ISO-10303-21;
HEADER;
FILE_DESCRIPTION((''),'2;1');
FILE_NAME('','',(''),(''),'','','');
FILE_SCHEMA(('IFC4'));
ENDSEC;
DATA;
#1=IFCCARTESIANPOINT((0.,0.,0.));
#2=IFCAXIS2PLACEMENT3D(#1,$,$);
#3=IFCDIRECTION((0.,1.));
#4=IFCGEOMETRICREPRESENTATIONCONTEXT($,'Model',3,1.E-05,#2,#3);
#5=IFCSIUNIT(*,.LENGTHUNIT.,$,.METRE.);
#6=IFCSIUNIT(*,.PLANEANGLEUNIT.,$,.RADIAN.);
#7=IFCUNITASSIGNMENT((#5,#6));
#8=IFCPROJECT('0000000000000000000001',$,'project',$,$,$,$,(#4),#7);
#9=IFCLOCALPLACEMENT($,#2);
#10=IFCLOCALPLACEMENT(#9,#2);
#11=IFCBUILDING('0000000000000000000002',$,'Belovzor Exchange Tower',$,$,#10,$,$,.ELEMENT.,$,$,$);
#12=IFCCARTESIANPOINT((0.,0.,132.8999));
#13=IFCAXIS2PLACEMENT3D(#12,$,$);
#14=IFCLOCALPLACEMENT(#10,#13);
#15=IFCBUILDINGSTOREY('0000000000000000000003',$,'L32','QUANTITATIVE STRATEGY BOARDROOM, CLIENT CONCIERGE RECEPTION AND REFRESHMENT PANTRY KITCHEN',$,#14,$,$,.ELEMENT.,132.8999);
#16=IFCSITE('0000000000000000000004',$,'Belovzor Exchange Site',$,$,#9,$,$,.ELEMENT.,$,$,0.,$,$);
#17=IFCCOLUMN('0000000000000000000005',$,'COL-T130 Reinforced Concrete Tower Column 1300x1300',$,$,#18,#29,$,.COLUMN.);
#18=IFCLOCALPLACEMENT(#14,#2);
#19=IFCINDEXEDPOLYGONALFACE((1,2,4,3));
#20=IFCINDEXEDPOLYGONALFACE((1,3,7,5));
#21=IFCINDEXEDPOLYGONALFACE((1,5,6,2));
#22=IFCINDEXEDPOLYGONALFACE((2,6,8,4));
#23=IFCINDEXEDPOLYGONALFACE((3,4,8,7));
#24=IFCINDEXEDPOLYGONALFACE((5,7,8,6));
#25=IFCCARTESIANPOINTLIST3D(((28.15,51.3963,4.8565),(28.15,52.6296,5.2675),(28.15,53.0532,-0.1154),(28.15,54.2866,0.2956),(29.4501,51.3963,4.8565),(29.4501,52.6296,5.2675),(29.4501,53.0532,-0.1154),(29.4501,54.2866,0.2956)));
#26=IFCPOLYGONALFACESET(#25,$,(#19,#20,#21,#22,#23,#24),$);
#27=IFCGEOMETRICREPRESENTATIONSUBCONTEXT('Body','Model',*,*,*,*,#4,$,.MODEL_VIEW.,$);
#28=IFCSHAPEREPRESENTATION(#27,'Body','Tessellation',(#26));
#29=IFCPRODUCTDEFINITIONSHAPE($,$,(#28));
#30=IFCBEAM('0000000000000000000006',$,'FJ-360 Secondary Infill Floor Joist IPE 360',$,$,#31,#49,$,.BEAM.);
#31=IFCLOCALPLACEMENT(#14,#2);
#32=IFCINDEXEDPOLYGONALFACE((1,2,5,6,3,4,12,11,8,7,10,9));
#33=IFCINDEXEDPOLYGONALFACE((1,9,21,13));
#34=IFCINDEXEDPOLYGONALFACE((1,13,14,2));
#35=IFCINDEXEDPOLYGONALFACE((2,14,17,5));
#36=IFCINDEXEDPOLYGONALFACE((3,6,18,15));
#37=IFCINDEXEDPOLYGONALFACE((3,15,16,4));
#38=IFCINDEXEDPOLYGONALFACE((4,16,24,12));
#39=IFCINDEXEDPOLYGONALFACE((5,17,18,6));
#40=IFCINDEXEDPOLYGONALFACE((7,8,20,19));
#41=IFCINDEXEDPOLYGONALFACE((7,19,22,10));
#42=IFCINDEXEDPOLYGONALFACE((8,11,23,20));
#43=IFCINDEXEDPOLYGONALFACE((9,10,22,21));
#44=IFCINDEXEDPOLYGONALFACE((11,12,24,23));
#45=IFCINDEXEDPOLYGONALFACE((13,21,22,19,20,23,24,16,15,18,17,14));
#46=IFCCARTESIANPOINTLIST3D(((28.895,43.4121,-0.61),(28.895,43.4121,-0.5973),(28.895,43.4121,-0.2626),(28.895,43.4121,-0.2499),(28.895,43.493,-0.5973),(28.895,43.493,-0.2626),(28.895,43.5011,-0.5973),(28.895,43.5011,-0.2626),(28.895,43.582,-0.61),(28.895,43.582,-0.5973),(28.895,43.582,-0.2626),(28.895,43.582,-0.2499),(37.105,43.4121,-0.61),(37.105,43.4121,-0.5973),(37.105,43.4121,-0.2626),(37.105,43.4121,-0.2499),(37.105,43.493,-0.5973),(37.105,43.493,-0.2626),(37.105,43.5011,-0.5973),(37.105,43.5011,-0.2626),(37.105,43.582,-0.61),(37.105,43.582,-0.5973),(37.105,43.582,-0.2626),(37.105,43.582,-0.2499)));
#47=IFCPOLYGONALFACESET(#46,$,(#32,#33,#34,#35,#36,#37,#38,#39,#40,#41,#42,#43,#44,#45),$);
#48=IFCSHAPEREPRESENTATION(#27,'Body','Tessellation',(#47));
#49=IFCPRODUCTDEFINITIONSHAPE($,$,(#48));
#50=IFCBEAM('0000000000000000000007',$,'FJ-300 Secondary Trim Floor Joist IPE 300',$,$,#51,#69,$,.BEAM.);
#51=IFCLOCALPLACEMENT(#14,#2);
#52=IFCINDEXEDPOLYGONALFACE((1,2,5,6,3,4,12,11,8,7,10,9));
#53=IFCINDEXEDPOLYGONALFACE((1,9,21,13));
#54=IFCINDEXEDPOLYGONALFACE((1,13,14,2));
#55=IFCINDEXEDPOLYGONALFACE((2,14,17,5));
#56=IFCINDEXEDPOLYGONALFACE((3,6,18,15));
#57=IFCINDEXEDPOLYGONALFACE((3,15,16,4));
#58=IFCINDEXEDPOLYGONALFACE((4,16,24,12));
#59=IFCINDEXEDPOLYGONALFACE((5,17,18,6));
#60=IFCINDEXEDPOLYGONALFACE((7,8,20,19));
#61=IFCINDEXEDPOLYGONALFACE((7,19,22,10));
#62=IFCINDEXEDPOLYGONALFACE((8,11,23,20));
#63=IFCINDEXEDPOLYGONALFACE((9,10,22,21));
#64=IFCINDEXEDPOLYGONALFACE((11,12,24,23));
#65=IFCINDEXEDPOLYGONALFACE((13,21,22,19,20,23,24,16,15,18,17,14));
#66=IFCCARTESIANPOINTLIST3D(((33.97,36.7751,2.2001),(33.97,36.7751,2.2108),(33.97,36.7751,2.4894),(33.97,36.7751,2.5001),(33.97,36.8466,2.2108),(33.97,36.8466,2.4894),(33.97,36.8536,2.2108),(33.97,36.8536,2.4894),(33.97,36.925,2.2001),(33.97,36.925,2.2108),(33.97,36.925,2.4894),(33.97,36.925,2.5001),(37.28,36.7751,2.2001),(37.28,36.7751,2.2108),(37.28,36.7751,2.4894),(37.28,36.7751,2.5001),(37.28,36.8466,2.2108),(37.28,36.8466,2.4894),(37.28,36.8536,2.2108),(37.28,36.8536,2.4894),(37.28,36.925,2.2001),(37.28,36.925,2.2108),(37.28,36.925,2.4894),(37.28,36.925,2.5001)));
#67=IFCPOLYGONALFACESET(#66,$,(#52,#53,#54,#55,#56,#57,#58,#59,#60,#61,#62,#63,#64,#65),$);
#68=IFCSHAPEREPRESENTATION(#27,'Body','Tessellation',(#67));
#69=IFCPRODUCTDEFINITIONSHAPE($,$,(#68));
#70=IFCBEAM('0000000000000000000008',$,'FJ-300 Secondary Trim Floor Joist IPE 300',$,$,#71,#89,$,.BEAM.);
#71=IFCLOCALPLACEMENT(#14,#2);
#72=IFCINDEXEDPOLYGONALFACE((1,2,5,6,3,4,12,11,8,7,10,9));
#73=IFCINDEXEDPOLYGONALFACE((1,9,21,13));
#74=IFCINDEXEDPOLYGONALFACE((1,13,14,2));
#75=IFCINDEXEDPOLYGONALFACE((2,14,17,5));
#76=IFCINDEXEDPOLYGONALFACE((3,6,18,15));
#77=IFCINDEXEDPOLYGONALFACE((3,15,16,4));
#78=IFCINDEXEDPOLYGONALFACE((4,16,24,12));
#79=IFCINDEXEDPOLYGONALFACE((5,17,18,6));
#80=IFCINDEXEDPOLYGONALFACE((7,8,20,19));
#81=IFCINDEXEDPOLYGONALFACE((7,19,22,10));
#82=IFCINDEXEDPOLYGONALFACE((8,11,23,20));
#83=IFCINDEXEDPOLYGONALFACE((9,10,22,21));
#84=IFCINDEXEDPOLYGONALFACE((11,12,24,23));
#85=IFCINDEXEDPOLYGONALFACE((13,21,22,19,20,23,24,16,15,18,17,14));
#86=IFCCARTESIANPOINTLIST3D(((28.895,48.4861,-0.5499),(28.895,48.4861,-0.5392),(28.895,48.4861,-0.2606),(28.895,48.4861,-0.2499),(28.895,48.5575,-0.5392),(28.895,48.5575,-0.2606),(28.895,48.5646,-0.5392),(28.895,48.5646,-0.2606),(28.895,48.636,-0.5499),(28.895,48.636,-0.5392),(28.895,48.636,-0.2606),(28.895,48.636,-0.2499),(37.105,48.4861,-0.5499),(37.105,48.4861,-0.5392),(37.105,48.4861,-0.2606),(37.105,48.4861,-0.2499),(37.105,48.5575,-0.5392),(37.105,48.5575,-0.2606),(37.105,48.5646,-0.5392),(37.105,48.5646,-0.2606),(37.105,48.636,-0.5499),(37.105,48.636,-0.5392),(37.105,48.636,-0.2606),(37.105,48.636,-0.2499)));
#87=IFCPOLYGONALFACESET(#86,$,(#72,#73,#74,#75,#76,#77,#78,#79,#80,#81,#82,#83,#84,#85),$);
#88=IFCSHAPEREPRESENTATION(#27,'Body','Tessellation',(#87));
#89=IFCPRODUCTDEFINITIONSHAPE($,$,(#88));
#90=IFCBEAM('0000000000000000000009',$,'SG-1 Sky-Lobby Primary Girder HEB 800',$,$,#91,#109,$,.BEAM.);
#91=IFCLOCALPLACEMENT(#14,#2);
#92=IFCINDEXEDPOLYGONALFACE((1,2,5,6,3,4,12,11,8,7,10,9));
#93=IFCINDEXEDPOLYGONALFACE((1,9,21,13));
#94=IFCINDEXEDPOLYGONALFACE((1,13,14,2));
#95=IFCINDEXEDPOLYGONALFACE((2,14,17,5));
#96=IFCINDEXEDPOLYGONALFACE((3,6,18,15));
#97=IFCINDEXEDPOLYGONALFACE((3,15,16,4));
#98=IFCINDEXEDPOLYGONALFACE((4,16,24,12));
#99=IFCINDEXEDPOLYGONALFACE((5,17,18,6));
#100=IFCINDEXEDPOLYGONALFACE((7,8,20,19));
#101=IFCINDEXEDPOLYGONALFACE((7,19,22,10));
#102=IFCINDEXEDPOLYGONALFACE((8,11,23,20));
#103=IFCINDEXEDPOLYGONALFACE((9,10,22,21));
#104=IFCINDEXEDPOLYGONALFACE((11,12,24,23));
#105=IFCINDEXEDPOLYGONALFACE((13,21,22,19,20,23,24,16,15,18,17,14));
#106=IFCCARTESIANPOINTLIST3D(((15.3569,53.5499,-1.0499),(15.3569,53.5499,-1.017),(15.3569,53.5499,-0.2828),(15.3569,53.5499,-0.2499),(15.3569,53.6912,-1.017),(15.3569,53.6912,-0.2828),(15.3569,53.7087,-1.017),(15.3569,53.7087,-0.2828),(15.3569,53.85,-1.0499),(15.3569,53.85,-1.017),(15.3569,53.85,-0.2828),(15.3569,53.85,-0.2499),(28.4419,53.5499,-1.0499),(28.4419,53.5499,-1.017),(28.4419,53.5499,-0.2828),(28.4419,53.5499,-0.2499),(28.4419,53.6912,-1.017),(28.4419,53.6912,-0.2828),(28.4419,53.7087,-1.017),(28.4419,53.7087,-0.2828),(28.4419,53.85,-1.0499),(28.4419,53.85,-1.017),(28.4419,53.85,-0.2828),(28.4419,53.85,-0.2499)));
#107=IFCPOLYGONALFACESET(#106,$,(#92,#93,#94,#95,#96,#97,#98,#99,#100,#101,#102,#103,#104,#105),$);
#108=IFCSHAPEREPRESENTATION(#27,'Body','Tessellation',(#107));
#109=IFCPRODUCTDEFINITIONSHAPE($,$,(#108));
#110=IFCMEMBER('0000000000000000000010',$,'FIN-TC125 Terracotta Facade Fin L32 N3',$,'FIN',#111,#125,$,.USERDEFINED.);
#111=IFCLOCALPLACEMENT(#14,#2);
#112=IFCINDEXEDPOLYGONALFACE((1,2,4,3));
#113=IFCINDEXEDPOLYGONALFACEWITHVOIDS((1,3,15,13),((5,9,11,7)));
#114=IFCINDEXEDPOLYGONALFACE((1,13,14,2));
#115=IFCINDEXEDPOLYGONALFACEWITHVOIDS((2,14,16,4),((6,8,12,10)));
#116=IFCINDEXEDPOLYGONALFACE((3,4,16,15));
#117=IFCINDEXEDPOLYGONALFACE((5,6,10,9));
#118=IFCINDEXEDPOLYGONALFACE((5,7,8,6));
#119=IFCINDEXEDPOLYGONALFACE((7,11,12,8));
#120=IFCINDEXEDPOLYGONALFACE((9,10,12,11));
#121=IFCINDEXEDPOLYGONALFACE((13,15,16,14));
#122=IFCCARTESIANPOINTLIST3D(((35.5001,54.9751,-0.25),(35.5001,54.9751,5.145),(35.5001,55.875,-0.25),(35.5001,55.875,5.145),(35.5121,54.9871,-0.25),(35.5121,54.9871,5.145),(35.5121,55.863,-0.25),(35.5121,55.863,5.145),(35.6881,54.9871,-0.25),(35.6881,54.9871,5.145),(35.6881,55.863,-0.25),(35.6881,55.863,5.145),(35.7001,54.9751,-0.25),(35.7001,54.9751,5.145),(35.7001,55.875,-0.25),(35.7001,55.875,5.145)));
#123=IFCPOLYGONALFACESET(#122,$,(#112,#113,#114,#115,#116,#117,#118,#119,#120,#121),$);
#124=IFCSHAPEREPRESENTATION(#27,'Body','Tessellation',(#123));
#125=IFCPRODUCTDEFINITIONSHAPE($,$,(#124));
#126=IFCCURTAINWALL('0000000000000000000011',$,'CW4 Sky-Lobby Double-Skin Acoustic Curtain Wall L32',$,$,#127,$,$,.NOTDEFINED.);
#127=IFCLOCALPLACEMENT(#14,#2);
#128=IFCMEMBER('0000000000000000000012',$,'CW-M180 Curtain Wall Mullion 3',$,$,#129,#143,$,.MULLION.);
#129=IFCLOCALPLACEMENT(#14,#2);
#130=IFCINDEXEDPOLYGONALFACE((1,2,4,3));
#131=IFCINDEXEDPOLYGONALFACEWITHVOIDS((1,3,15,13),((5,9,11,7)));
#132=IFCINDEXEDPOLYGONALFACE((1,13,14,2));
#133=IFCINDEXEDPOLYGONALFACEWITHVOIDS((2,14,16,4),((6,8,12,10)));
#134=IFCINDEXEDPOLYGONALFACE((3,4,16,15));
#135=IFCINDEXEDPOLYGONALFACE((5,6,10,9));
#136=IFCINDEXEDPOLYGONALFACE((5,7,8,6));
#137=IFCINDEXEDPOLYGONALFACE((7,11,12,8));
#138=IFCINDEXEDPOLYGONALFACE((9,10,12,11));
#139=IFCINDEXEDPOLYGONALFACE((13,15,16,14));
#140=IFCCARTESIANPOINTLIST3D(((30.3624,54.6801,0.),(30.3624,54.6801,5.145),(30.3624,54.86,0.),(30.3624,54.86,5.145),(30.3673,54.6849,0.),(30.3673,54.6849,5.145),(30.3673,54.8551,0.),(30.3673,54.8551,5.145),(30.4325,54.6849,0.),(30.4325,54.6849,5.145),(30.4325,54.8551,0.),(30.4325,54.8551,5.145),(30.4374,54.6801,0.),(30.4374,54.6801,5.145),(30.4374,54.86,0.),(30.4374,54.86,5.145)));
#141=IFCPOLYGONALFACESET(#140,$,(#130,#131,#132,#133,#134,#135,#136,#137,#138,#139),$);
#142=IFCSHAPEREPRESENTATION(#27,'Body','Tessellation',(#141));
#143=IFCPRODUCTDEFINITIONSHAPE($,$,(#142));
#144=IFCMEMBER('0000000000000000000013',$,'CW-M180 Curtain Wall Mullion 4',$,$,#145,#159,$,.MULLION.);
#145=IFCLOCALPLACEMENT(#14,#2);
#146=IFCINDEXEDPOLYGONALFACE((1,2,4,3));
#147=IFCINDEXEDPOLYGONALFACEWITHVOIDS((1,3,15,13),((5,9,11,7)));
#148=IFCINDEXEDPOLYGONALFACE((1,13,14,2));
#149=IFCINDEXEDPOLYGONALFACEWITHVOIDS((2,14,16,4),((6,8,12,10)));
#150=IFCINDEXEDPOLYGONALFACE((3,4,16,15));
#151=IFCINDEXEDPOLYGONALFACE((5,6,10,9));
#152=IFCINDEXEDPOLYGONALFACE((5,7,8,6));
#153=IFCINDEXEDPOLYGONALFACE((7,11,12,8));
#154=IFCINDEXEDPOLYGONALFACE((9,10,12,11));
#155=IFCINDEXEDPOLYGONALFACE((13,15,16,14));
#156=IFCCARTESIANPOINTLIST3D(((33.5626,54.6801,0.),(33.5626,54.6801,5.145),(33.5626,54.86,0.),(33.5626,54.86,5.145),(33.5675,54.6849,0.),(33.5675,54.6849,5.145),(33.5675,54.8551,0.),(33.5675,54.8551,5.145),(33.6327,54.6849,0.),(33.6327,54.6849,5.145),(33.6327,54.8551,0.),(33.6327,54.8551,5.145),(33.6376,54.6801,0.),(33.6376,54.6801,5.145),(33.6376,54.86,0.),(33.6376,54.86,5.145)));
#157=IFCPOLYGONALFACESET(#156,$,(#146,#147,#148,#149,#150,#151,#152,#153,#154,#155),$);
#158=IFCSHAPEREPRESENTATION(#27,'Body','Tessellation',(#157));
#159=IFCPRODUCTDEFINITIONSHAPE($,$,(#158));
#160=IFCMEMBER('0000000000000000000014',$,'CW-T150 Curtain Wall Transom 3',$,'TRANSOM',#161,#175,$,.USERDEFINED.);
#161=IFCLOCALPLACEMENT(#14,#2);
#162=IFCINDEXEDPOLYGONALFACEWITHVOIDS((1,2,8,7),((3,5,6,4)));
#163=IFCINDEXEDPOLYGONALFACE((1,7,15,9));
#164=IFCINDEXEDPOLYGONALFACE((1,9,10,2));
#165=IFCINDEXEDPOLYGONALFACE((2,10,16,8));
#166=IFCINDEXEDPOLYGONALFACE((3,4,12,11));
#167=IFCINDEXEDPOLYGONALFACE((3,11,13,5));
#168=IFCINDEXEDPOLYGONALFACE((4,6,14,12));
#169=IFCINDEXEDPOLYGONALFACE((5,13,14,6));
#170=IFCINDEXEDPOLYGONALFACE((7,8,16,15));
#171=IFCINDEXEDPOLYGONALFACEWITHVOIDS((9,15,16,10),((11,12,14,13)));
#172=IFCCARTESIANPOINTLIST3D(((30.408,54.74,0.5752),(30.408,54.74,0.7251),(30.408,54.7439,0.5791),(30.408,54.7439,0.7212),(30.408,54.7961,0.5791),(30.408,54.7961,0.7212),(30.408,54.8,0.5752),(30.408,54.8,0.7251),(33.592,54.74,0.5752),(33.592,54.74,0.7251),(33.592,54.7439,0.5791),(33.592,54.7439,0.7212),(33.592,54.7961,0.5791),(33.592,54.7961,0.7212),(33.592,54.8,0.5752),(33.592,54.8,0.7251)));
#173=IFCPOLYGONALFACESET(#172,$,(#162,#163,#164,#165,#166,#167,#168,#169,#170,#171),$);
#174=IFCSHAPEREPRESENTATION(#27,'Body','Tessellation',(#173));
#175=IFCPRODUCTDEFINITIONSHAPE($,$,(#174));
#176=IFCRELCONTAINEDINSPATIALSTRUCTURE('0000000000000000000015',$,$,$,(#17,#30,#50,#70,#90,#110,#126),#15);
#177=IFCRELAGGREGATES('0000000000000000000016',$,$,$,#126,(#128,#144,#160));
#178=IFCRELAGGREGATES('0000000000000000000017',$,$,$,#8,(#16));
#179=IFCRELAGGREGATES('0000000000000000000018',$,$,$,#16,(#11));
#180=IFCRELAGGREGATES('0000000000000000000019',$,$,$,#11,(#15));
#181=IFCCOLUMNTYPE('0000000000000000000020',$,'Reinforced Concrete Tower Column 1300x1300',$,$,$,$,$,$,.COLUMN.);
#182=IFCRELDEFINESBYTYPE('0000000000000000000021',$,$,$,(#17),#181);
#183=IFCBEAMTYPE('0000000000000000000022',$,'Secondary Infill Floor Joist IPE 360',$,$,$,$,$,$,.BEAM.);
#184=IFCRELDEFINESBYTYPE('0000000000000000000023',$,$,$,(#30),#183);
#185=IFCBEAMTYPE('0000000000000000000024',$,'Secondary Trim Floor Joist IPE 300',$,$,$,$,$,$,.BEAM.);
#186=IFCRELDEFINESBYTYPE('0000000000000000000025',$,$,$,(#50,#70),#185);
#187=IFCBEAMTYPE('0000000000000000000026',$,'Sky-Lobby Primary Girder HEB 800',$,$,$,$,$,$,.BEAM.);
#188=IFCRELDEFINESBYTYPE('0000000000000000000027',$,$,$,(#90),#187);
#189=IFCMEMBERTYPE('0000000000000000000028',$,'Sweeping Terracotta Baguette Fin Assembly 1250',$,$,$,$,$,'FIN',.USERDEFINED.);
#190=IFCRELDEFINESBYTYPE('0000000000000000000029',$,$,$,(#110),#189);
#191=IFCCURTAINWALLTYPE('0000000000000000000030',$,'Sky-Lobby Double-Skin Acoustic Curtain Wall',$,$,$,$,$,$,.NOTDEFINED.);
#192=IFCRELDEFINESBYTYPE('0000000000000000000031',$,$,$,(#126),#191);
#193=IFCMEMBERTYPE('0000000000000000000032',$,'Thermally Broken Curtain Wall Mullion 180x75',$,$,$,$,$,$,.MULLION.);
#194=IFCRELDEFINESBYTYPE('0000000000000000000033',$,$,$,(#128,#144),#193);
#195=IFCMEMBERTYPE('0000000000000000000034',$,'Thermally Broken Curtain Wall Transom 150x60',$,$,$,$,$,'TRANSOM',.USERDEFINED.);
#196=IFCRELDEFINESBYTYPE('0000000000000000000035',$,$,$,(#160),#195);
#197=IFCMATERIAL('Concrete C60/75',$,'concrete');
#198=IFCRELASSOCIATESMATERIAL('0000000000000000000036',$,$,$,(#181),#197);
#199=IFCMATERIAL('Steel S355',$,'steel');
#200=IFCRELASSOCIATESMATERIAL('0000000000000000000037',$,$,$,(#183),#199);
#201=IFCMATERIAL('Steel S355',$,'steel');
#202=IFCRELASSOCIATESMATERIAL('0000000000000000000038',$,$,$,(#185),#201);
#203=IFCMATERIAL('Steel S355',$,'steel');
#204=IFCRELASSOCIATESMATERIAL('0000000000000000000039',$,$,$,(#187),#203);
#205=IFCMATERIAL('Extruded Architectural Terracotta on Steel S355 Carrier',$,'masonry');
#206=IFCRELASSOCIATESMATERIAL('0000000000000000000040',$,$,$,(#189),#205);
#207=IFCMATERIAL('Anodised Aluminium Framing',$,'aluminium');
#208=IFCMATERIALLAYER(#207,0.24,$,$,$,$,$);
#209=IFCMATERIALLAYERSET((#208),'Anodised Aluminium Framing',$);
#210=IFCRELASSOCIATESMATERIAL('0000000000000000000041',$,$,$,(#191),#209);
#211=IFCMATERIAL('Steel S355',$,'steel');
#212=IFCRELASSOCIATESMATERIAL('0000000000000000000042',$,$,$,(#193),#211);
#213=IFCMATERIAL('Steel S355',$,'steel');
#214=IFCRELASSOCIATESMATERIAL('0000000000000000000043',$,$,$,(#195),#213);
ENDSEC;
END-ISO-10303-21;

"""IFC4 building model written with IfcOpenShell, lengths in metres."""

from ifc_helpers import new_model, si_unit, direction, frame, origin, origin_2d, place, context, subcontext, project, spatial, rectangle, hollow_rectangle, i_section, extrude, material, layer, layer_set, material_profile, profile_set, type_object, element, aggregate, save


model = new_model("IFC4")

# Units and contexts
model_context = context("Model", 3, precision=1e-05, world=origin(), true_north=direction((0.0, 1.0)))
body_context = subcontext(model_context, "Body", "Model", "MODEL_VIEW")
ifc_project = project(units=[si_unit("LENGTHUNIT", "METRE"), si_unit("PLANEANGLEUNIT", "RADIAN")], contexts=[model_context])

# Site, building, storey
site_placement = place(None, origin())
site = spatial("IfcSite", under=ifc_project, at=site_placement, Name="Belovzor Exchange Site", CompositionType="ELEMENT", RefElevation=0.0)
building_placement = place(site_placement, origin())
building = spatial("IfcBuilding", under=site, at=building_placement, Name="Belovzor Exchange Tower", CompositionType="ELEMENT")
storey_placement = place(building_placement, frame((0.0, 0.0, 132.8999)))
storey = spatial("IfcBuildingStorey", under=building, at=storey_placement, Name="L32", Description="QUANTITATIVE STRATEGY BOARDROOM, CLIENT CONCIERGE RECEPTION AND REFRESHMENT PANTRY KITCHEN", CompositionType="ELEMENT", Elevation=132.8999)

# Column
ifc_material_1 = material(Name="Concrete C60/75", Category="concrete")
ifc_material_profile_1 = material_profile(ifc_material_1, rectangle(XDim=1.3, YDim=1.3, at=origin_2d()))
ifc_profile_set_1 = profile_set([ifc_material_profile_1], Name="Concrete C60/75")
column_type = type_object("IfcColumnType", Name="Reinforced Concrete Tower Column 1300x1300", PredefinedType="COLUMN", material=ifc_profile_set_1)
column_placement = place(storey_placement, frame((28.8, 53.6699, 0.0901), z_axis=(0.0, -0.316172, 0.948702), x_axis=(1.0, 0.0, 0.0)))
element("IfcColumn", 1, at=column_placement, inside=storey, type_object=column_type, Name="COL-T130 Reinforced Concrete Tower Column 1300x1300", PredefinedType="COLUMN", context=body_context, shape_type="SweptSolid", body=[
    extrude(rectangle(XDim=1.3, YDim=1.3, at=origin_2d()), origin(), (0.0, 0.0, 1.0), 5.2407),
])

# Beams
ifc_material_2 = material(Name="Steel S355", Category="steel")
ifc_material_profile_2 = material_profile(ifc_material_2, i_section(OverallWidth=0.1699, OverallDepth=0.3601, WebThickness=0.0081, FlangeThickness=0.0127, at=origin_2d()))
ifc_profile_set_2 = profile_set([ifc_material_profile_2], Name="Steel S355")
beam_type_1 = type_object("IfcBeamType", Name="Secondary Infill Floor Joist IPE 360", PredefinedType="BEAM", material=ifc_profile_set_2)
beam_1_placement = place(storey_placement, frame((28.895, 43.4971, -0.4299), z_axis=(1.0, 0.0, 0.0), x_axis=(0.0, 1.0, 0.0)))
element("IfcBeam", 2, at=beam_1_placement, inside=storey, type_object=beam_type_1, Name="FJ-360 Secondary Infill Floor Joist IPE 360", PredefinedType="BEAM", context=body_context, shape_type="SweptSolid", body=[
    extrude(i_section(OverallWidth=0.1699, OverallDepth=0.3601, WebThickness=0.0081, FlangeThickness=0.0127, at=origin_2d()), origin(), (0.0, 0.0, 1.0), 8.21),
])
ifc_material_3 = material(Name="Steel S355", Category="steel")
ifc_material_profile_3 = material_profile(ifc_material_3, i_section(OverallWidth=0.1499, OverallDepth=0.3, WebThickness=0.0071, FlangeThickness=0.0107, at=origin_2d()))
ifc_profile_set_3 = profile_set([ifc_material_profile_3], Name="Steel S355")
beam_type_2 = type_object("IfcBeamType", Name="Secondary Trim Floor Joist IPE 300", PredefinedType="BEAM", material=ifc_profile_set_3)
beam_2_placement = place(storey_placement, frame((37.28, 36.8501, 2.3501), z_axis=(-1.0, 0.0, 0.0), x_axis=(0.0, -1.0, 0.0)))
element("IfcBeam", 3, at=beam_2_placement, inside=storey, type_object=beam_type_2, Name="FJ-300 Secondary Trim Floor Joist IPE 300", PredefinedType="BEAM", context=body_context, shape_type="SweptSolid", body=[
    extrude(i_section(OverallWidth=0.1499, OverallDepth=0.3, WebThickness=0.0071, FlangeThickness=0.0107, at=origin_2d()), origin(), (0.0, 0.0, 1.0), 3.3101),
])
beam_3_placement = place(storey_placement, frame((28.895, 48.561, -0.3999), z_axis=(1.0, 0.0, 0.0), x_axis=(0.0, 1.0, 0.0)))
element("IfcBeam", 4, at=beam_3_placement, inside=storey, type_object=beam_type_2, Name="FJ-300 Secondary Trim Floor Joist IPE 300", PredefinedType="BEAM", context=body_context, shape_type="SweptSolid", body=[
    extrude(i_section(OverallWidth=0.1499, OverallDepth=0.3, WebThickness=0.0071, FlangeThickness=0.0107, at=origin_2d()), origin(), (0.0, 0.0, 1.0), 8.21),
])
ifc_material_4 = material(Name="Steel S355", Category="steel")
ifc_material_profile_4 = material_profile(ifc_material_4, i_section(OverallWidth=0.3, OverallDepth=0.8, WebThickness=0.0176, FlangeThickness=0.033, at=origin_2d()))
ifc_profile_set_4 = profile_set([ifc_material_profile_4], Name="Steel S355")
beam_type_3 = type_object("IfcBeamType", Name="Sky-Lobby Primary Girder HEB 800", PredefinedType="BEAM", material=ifc_profile_set_4)
beam_4_placement = place(storey_placement, frame((28.4419, 53.7, -0.6499), z_axis=(-1.0, 0.0, 0.0), x_axis=(0.0, -1.0, 0.0)))
element("IfcBeam", 5, at=beam_4_placement, inside=storey, type_object=beam_type_3, Name="SG-1 Sky-Lobby Primary Girder HEB 800", PredefinedType="BEAM", context=body_context, shape_type="SweptSolid", body=[
    extrude(i_section(OverallWidth=0.3, OverallDepth=0.8, WebThickness=0.0176, FlangeThickness=0.033, at=origin_2d()), origin(), (0.0, 0.0, 1.0), 13.085),
])

# Member
ifc_material_5 = material(Name="Extruded Architectural Terracotta on Steel S355 Carrier", Category="masonry")
ifc_material_profile_5 = material_profile(ifc_material_5, hollow_rectangle(XDim=0.2, YDim=0.8999, WallThickness=0.012, at=origin_2d()))
ifc_profile_set_5 = profile_set([ifc_material_profile_5], Name="Extruded Architectural Terracotta on Steel S355 Carrier")
member_type_1 = type_object("IfcMemberType", Name="Sweeping Terracotta Baguette Fin Assembly 1250", ElementType="FIN", PredefinedType="USERDEFINED", material=ifc_profile_set_5)
member_1_placement = place(storey_placement, frame((35.6001, 55.425, -0.25), z_axis=(0.0, 0.0, 1.0), x_axis=(1.0, 0.0, 0.0)))
element("IfcMember", 6, at=member_1_placement, inside=storey, type_object=member_type_1, Name="FIN-TC125 Terracotta Facade Fin L32 N3", ObjectType="FIN", PredefinedType="USERDEFINED", context=body_context, shape_type="SweptSolid", body=[
    extrude(hollow_rectangle(XDim=0.2, YDim=0.8999, WallThickness=0.012, at=origin_2d()), origin(), (0.0, 0.0, 1.0), 5.395),
])

# Curtain wall, members
ifc_material_6 = material(Name="Anodised Aluminium Framing", Category="aluminium")
ifc_layer_1 = layer(ifc_material_6, 0.24)
ifc_layer_set_1 = layer_set([ifc_layer_1], Name="Anodised Aluminium Framing")
curtain_wall_type = type_object("IfcCurtainWallType", Name="Sky-Lobby Double-Skin Acoustic Curtain Wall", PredefinedType="NOTDEFINED", material=ifc_layer_set_1)
curtain_wall_placement = place(storey_placement, origin())
curtain_wall = element("IfcCurtainWall", 7, at=curtain_wall_placement, inside=storey, type_object=curtain_wall_type, Name="CW4 Sky-Lobby Double-Skin Acoustic Curtain Wall L32", PredefinedType="NOTDEFINED")
ifc_material_7 = material(Name="Steel S355", Category="steel")
ifc_material_profile_6 = material_profile(ifc_material_7, hollow_rectangle(XDim=0.075, YDim=0.1799, WallThickness=0.0049, at=origin_2d()))
ifc_profile_set_6 = profile_set([ifc_material_profile_6], Name="Steel S355")
member_type_2 = type_object("IfcMemberType", Name="Thermally Broken Curtain Wall Mullion 180x75", PredefinedType="MULLION", material=ifc_profile_set_6)
member_2_placement = place(storey_placement, frame((30.3999, 54.77, 0.0), z_axis=(0.0, 0.0, 1.0), x_axis=(1.0, 0.0, 0.0)))
member_2 = element("IfcMember", 8, at=member_2_placement, type_object=member_type_2, Name="CW-M180 Curtain Wall Mullion 3", PredefinedType="MULLION", context=body_context, shape_type="SweptSolid", body=[
    extrude(hollow_rectangle(XDim=0.075, YDim=0.1799, WallThickness=0.0049, at=origin_2d()), origin(), (0.0, 0.0, 1.0), 5.145),
])
member_3_placement = place(storey_placement, frame((33.6001, 54.77, 0.0), z_axis=(0.0, 0.0, 1.0), x_axis=(1.0, 0.0, 0.0)))
member_3 = element("IfcMember", 9, at=member_3_placement, type_object=member_type_2, Name="CW-M180 Curtain Wall Mullion 4", PredefinedType="MULLION", context=body_context, shape_type="SweptSolid", body=[
    extrude(hollow_rectangle(XDim=0.075, YDim=0.1799, WallThickness=0.0049, at=origin_2d()), origin(), (0.0, 0.0, 1.0), 5.145),
])
ifc_material_8 = material(Name="Steel S355", Category="steel")
ifc_material_profile_7 = material_profile(ifc_material_8, hollow_rectangle(XDim=0.0601, YDim=0.1499, WallThickness=0.0039, at=origin_2d()))
ifc_profile_set_7 = profile_set([ifc_material_profile_7], Name="Steel S355")
member_type_3 = type_object("IfcMemberType", Name="Thermally Broken Curtain Wall Transom 150x60", ElementType="TRANSOM", PredefinedType="USERDEFINED", material=ifc_profile_set_7)
member_4_placement = place(storey_placement, frame((30.408, 54.77, 0.6501), z_axis=(1.0, 0.0, 0.0), x_axis=(0.0, 1.0, 0.0)))
member_4 = element("IfcMember", 10, at=member_4_placement, type_object=member_type_3, Name="CW-T150 Curtain Wall Transom 3", ObjectType="TRANSOM", PredefinedType="USERDEFINED", context=body_context, shape_type="SweptSolid", body=[
    extrude(hollow_rectangle(XDim=0.0601, YDim=0.1499, WallThickness=0.0039, at=origin_2d()), origin(), (0.0, 0.0, 1.0), 3.1841),
])

aggregate(curtain_wall, [member_2, member_3, member_4])

save(model, "model.ifc")
